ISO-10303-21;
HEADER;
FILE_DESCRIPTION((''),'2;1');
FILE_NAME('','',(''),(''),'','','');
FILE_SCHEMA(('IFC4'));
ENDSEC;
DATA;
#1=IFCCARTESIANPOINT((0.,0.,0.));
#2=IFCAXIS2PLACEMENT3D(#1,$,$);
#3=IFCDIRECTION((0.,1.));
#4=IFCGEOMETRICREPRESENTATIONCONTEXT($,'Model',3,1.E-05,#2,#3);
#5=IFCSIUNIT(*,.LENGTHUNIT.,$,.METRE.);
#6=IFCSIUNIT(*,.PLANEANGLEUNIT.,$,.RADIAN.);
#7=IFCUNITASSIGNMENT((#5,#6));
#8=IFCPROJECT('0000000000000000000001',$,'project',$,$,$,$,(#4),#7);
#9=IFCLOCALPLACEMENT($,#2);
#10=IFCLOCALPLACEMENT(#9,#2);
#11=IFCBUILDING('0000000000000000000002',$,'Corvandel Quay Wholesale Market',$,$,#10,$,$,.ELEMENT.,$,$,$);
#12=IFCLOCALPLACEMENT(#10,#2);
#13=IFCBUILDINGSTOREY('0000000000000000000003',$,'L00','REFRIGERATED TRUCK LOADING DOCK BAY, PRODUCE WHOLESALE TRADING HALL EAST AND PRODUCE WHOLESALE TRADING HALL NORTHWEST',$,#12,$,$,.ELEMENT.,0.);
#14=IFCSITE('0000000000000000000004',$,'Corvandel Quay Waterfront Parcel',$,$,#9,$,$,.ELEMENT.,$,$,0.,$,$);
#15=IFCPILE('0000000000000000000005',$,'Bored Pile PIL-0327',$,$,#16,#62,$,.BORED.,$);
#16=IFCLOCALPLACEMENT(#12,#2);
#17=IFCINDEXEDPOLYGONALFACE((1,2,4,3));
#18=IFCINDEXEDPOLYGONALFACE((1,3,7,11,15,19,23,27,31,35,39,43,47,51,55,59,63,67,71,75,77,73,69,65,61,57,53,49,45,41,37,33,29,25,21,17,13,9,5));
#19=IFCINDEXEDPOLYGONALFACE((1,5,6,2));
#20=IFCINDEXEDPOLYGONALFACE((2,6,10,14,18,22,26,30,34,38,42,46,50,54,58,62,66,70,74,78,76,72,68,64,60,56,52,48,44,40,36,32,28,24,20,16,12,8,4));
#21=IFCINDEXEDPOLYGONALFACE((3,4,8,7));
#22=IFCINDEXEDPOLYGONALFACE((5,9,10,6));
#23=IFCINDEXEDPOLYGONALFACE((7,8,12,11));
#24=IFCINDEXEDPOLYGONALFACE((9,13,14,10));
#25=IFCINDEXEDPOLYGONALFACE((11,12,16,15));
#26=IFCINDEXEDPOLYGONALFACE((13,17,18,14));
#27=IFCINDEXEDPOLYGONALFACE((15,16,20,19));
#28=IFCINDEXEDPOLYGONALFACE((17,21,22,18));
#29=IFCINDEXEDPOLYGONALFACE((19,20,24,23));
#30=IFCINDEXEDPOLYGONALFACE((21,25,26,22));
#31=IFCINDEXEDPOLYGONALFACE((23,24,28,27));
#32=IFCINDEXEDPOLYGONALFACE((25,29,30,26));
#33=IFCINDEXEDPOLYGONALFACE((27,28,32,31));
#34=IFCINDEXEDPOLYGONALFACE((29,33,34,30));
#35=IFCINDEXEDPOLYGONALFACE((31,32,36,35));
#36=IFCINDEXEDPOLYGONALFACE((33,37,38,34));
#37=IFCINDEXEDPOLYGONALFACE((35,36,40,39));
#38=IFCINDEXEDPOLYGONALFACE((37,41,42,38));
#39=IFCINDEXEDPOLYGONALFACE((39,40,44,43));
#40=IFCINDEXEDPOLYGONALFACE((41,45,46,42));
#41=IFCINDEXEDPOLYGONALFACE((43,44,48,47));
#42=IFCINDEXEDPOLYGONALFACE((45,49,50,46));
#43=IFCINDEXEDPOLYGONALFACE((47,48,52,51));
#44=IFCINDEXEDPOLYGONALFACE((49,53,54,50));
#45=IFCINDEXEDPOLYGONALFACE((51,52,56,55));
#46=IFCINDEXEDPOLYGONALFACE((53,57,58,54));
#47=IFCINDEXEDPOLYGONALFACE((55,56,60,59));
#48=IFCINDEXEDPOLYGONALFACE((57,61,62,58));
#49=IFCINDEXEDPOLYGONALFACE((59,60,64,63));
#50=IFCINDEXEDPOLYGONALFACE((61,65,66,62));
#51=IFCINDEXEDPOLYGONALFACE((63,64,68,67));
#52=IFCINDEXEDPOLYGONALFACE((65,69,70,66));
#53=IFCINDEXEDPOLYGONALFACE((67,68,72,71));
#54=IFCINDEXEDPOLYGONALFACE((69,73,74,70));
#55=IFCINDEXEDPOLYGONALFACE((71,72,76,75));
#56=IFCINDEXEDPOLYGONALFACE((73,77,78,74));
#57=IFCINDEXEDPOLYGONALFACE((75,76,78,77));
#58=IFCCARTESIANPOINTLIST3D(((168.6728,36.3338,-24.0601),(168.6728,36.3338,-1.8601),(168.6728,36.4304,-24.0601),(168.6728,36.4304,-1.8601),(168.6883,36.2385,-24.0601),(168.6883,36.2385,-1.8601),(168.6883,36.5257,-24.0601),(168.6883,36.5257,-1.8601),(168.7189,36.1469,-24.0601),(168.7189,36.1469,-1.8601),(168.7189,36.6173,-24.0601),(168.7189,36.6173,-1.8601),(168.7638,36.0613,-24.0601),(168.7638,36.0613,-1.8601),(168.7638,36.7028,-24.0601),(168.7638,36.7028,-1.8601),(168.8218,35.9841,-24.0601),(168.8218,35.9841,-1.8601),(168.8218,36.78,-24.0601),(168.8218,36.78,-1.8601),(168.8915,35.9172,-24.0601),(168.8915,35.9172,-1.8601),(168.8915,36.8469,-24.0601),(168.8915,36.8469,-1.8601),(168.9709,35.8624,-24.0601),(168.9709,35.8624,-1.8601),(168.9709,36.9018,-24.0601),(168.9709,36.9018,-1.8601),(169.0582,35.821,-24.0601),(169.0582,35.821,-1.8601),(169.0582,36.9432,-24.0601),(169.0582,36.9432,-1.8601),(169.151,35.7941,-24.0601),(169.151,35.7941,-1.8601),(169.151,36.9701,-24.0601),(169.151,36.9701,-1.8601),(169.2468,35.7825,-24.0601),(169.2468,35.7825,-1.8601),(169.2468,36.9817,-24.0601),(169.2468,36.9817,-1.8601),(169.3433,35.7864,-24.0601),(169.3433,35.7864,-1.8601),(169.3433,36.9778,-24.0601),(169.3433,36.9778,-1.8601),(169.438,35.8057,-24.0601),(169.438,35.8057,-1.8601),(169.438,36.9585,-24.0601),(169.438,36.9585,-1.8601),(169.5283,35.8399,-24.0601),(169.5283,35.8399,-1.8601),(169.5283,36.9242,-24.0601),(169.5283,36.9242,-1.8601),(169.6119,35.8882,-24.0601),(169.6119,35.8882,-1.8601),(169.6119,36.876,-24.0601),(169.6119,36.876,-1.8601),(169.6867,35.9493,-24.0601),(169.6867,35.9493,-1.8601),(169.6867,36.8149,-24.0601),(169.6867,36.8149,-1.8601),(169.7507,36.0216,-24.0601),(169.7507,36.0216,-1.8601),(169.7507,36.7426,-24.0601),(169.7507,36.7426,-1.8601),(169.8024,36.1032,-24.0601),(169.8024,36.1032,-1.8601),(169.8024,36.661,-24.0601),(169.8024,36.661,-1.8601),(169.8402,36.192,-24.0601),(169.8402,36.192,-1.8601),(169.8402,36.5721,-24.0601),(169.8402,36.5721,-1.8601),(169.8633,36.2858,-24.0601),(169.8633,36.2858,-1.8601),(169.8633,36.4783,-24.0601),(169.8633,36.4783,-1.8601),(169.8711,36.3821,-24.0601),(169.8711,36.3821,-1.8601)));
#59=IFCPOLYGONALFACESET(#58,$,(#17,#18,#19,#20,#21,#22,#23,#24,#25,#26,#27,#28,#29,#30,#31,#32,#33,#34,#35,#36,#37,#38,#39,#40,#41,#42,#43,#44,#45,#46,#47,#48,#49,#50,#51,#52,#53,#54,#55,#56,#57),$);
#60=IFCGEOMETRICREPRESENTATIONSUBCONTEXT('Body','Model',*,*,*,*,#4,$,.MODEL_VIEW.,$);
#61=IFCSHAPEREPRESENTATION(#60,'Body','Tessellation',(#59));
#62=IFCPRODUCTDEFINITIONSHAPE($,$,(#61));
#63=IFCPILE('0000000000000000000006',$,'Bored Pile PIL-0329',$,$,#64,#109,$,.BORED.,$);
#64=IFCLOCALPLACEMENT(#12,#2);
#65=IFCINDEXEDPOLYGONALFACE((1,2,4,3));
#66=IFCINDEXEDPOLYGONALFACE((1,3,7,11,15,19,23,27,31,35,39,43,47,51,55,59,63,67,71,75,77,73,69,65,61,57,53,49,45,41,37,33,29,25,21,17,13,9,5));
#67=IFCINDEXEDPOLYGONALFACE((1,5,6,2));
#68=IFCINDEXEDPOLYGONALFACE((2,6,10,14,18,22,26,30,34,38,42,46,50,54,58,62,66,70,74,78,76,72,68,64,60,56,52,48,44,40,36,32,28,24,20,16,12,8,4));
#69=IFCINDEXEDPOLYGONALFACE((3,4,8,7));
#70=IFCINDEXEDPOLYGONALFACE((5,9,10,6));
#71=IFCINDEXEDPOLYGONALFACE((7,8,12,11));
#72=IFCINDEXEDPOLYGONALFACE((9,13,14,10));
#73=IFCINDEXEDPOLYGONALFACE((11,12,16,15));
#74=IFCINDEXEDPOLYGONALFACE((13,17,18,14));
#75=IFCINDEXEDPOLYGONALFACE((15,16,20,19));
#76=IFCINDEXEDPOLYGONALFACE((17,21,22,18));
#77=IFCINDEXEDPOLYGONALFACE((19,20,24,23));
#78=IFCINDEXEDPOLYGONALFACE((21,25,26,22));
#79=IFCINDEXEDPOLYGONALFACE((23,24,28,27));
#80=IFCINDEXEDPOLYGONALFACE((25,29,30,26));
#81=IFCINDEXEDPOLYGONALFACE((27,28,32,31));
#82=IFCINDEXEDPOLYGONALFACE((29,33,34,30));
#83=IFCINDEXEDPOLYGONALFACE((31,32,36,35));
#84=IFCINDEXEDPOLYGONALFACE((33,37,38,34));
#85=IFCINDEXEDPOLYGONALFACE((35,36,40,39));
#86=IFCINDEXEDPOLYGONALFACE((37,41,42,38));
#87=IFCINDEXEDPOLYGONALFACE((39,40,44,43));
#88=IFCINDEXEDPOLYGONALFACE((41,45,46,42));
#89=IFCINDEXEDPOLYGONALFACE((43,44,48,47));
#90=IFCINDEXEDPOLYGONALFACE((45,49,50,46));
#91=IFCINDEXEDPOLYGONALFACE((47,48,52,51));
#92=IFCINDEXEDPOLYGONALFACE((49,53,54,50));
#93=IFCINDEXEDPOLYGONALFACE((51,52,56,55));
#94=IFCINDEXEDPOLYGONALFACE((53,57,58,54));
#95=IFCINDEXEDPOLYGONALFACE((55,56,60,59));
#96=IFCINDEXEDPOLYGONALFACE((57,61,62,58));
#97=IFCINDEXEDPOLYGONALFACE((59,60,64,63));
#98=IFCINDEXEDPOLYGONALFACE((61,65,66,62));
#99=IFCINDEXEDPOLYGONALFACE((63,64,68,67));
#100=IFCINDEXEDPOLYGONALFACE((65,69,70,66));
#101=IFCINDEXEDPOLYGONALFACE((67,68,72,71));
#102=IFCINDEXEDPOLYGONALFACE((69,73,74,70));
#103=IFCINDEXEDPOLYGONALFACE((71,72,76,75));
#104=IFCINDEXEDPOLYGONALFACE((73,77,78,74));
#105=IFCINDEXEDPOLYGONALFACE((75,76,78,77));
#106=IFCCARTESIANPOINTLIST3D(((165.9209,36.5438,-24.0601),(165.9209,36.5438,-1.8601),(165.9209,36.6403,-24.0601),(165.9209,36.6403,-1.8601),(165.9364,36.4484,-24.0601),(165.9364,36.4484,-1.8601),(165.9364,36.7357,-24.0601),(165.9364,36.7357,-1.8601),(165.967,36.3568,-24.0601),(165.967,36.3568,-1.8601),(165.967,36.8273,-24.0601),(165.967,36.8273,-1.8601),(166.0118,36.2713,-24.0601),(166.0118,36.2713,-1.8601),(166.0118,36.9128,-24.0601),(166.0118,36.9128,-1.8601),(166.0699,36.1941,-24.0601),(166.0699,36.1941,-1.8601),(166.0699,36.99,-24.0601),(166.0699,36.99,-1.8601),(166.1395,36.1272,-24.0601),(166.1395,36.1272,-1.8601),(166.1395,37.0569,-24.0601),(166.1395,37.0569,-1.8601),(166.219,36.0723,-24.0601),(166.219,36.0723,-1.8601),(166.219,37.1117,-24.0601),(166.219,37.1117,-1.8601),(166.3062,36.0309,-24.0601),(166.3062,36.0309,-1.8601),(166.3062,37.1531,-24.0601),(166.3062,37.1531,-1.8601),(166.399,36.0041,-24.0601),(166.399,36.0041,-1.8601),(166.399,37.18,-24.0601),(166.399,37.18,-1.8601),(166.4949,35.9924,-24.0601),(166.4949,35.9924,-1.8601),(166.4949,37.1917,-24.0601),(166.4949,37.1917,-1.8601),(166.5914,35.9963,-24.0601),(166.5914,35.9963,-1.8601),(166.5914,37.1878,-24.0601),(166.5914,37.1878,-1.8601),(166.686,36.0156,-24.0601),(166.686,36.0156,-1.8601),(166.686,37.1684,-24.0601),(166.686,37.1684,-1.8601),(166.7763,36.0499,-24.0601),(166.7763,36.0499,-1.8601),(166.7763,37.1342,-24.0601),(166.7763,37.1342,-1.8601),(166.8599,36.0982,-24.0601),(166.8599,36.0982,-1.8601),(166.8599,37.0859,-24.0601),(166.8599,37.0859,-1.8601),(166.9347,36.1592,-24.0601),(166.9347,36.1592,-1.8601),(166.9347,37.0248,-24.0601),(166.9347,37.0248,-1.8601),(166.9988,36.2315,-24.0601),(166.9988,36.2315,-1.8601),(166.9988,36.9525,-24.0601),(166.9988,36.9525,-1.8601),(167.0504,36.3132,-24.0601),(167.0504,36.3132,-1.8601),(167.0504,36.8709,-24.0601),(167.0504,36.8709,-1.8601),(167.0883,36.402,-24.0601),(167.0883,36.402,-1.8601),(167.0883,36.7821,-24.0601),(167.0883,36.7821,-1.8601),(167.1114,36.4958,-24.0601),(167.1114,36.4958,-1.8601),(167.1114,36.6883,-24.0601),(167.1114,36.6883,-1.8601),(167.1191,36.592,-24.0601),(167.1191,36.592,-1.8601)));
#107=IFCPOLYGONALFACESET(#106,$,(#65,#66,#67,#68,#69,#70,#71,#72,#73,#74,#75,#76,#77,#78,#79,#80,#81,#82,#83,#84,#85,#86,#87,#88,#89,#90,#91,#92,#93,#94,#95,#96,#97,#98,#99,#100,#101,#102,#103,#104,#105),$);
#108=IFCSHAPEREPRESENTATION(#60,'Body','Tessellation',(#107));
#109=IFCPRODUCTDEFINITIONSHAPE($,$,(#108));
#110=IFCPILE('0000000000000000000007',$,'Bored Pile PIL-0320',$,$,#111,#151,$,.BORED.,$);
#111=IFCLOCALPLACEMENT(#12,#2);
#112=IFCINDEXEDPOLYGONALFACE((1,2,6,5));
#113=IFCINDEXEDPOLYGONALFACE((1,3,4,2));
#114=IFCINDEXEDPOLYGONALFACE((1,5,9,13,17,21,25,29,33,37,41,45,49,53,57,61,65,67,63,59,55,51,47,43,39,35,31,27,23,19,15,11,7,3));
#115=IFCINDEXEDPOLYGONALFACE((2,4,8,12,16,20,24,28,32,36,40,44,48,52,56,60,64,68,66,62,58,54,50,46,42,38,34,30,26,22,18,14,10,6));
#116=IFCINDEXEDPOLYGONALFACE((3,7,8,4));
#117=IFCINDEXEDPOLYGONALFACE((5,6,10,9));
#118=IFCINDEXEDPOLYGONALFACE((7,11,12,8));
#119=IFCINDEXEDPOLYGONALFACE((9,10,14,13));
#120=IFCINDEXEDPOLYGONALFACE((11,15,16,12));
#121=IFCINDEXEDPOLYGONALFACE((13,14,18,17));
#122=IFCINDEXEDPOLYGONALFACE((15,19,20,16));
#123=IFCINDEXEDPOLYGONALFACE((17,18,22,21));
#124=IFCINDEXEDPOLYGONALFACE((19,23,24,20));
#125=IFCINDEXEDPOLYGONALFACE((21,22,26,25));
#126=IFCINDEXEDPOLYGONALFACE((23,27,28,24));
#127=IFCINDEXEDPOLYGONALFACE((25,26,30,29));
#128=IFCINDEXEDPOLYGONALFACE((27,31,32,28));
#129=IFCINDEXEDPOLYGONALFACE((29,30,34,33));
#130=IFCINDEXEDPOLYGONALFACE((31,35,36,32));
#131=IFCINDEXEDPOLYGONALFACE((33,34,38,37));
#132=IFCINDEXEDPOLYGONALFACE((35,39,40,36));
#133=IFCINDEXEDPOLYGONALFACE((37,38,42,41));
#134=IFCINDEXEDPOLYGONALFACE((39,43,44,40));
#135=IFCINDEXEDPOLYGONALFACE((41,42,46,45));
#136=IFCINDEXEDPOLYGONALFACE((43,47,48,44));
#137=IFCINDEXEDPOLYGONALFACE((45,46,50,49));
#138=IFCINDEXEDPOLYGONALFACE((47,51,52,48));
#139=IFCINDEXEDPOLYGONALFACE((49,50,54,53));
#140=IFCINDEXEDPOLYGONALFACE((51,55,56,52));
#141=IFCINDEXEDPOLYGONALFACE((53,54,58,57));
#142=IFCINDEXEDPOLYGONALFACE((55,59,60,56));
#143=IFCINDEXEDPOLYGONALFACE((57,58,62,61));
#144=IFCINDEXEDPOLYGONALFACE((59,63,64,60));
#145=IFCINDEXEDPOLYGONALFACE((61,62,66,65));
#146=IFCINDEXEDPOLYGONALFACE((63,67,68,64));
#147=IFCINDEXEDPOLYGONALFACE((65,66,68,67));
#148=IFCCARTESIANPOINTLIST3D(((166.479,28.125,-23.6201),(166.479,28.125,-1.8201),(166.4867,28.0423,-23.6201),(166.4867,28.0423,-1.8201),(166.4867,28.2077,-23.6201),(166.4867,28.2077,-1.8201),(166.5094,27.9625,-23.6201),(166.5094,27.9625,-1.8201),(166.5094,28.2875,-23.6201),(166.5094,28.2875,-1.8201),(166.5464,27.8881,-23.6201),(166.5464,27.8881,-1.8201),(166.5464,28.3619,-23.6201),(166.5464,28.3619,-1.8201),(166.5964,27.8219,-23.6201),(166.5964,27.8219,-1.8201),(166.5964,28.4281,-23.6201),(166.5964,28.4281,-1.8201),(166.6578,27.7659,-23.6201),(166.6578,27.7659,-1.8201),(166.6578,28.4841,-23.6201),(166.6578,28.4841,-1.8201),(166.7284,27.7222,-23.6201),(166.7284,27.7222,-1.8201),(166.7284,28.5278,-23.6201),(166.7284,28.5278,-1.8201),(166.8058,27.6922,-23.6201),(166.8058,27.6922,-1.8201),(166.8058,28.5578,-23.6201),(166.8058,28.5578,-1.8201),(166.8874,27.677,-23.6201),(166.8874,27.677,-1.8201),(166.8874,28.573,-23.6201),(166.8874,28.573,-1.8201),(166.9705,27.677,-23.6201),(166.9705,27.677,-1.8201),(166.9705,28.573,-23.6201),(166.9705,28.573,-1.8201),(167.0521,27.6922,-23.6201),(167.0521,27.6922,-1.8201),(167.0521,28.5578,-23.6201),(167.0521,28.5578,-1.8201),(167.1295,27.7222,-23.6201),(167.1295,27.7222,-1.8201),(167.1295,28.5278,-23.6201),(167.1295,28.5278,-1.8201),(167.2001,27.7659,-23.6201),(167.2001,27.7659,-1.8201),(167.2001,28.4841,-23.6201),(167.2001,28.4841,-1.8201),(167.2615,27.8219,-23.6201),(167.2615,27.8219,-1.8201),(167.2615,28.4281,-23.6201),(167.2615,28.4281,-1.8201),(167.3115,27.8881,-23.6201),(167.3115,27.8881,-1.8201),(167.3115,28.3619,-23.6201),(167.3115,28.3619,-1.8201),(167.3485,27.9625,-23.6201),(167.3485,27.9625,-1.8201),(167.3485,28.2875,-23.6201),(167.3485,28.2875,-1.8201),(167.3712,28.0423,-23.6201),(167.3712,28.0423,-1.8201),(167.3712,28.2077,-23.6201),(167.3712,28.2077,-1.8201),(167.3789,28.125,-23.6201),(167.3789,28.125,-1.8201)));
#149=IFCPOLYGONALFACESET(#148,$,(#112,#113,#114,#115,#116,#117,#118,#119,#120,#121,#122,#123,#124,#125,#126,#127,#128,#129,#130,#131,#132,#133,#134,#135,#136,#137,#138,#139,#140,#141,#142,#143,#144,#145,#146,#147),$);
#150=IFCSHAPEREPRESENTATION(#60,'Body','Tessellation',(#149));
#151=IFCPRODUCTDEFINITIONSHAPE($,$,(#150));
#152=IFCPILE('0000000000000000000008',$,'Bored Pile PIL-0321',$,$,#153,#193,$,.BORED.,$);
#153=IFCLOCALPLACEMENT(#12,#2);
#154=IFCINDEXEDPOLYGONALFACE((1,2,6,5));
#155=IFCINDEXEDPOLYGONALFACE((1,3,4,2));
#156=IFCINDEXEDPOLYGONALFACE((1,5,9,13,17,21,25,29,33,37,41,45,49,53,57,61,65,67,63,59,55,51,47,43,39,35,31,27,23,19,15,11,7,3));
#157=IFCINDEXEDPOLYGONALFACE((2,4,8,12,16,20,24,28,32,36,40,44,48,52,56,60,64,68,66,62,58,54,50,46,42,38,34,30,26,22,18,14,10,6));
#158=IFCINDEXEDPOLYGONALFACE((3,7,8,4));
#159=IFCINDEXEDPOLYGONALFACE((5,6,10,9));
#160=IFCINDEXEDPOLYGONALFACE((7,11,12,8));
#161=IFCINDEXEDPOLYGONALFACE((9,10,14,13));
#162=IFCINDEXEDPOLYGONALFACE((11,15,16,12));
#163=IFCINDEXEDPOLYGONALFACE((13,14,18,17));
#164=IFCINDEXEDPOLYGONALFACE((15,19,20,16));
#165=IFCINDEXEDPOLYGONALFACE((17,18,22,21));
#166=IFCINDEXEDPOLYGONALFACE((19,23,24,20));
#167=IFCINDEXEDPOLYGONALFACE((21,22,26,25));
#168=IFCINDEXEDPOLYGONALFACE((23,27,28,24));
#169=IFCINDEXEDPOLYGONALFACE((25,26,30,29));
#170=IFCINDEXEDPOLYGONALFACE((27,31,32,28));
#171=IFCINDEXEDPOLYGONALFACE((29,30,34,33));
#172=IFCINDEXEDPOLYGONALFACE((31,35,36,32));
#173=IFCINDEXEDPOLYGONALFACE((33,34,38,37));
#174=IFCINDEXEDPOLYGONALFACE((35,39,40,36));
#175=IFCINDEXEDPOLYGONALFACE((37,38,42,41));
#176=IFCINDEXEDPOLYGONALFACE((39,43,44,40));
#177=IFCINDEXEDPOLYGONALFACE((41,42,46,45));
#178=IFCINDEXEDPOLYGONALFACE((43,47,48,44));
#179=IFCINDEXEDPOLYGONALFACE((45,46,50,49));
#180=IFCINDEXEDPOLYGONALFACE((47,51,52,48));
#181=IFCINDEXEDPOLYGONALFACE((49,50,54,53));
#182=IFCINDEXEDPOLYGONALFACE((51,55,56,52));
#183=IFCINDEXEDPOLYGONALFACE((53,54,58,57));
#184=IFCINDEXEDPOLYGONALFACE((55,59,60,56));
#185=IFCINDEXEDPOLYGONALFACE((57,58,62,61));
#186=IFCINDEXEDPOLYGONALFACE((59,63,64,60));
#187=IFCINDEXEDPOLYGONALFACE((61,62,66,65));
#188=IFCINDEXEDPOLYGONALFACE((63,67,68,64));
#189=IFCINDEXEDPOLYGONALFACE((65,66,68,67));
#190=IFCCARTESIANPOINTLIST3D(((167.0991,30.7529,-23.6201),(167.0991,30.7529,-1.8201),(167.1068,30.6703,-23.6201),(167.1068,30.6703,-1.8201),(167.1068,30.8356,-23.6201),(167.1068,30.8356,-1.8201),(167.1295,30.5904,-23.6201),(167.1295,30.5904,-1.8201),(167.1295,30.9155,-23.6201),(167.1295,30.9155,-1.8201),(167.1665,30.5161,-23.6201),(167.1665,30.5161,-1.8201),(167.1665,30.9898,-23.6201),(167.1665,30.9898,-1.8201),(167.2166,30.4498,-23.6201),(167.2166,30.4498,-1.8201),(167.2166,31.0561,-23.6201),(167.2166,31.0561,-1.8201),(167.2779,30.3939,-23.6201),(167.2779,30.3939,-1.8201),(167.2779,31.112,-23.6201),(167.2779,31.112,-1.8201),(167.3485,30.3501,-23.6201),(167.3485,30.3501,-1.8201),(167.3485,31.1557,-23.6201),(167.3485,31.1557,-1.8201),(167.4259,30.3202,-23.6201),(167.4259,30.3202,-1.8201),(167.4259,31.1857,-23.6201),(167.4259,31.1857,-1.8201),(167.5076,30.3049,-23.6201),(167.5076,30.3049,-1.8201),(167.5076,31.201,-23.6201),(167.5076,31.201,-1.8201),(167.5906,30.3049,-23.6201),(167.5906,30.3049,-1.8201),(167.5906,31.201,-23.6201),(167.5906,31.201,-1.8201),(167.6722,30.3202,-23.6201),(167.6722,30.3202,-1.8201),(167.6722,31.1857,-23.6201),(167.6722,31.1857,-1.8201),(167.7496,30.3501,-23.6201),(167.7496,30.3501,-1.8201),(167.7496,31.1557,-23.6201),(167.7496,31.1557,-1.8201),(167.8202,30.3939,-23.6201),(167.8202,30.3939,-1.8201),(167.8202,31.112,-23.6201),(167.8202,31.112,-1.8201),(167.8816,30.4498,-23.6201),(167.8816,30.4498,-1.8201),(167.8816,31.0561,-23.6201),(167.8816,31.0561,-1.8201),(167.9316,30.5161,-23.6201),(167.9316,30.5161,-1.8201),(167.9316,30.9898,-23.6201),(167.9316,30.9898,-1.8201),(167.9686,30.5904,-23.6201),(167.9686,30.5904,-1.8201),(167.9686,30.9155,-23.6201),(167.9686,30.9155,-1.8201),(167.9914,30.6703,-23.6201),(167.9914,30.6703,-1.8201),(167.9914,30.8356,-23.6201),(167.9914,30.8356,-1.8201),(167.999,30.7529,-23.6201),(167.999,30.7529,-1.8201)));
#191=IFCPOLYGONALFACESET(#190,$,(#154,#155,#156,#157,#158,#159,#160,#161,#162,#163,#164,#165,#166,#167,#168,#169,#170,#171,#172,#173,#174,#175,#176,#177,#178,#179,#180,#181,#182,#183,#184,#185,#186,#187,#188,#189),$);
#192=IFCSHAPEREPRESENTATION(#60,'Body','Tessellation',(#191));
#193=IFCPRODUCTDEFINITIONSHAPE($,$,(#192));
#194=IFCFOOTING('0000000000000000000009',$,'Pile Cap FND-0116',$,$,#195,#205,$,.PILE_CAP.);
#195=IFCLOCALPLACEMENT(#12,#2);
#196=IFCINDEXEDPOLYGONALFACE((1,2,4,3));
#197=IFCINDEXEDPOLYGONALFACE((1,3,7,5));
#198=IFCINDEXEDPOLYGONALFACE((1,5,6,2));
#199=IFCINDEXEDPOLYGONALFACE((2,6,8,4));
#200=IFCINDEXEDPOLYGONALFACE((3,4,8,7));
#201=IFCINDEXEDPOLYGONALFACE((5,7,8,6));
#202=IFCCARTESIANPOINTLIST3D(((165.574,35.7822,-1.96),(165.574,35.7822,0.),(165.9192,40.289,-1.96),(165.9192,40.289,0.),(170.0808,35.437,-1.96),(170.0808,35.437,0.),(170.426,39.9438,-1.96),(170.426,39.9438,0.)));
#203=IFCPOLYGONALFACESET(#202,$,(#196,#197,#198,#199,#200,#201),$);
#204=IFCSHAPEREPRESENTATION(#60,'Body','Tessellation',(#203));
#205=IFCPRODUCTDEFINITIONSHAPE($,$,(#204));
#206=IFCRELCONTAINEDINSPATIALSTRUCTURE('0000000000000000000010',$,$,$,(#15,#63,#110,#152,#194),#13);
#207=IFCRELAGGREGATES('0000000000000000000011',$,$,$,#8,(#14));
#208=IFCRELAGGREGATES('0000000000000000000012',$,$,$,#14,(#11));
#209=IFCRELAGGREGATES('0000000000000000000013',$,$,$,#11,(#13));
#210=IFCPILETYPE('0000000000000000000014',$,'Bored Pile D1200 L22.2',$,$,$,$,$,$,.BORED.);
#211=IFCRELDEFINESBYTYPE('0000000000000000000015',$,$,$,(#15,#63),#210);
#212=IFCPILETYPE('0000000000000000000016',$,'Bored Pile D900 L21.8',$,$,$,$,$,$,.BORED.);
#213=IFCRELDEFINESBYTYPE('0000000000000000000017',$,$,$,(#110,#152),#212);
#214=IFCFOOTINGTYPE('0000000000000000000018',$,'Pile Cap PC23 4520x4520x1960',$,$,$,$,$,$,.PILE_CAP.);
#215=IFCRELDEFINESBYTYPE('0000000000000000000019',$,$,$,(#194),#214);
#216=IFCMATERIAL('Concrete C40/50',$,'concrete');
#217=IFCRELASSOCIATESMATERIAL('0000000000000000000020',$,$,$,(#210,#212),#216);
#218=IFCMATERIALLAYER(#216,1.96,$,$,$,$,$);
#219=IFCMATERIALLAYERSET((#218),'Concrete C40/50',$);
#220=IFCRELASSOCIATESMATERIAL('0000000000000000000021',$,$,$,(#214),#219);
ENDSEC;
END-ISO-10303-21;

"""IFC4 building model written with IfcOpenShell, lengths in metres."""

from ifc_helpers import new_model, si_unit, direction, frame, origin, origin_2d, place, context, subcontext, project, spatial, rectangle, circle, extrude, material, layer, layer_set, material_profile, profile_set, type_object, element, save


model = new_model("IFC4")

# Units and contexts
model_context = context("Model", 3, precision=1e-05, world=origin(), true_north=direction((0.0, 1.0)))
body_context = subcontext(model_context, "Body", "Model", "MODEL_VIEW")
ifc_project = project(units=[si_unit("LENGTHUNIT", "METRE"), si_unit("PLANEANGLEUNIT", "RADIAN")], contexts=[model_context])

# Site, building, storey
site_placement = place(None, origin())
site = spatial("IfcSite", under=ifc_project, at=site_placement, Name="Corvandel Quay Waterfront Parcel", CompositionType="ELEMENT", RefElevation=0.0)
building_placement = place(site_placement, origin())
building = spatial("IfcBuilding", under=site, at=building_placement, Name="Corvandel Quay Wholesale Market", CompositionType="ELEMENT")
storey_placement = place(building_placement, origin())
storey = spatial("IfcBuildingStorey", under=building, at=storey_placement, Name="L00", Description="REFRIGERATED TRUCK LOADING DOCK BAY, PRODUCE WHOLESALE TRADING HALL EAST AND PRODUCE WHOLESALE TRADING HALL NORTHWEST", CompositionType="ELEMENT", Elevation=0.0)

# Piles
ifc_material_1 = material(Name="Concrete C40/50", Category="concrete")
ifc_material_profile_1 = material_profile(ifc_material_1, circle(Radius=0.6001, at=origin_2d()), Name="RC-PILE-D1200")
ifc_profile_set_1 = profile_set([ifc_material_profile_1], Name="Concrete C40/50")
pile_type_1 = type_object("IfcPileType", Name="Bored Pile D1200 L22.2", PredefinedType="BORED", material=ifc_profile_set_1)
for number, where, z_axis, x_axis, name in (
    (1, (169.271, 36.3821, -1.8601), (0.0, 0.0, -1.0), (1.0, 0.0, 0.0), "Bored Pile PIL-0327"),
    (2, (166.519, 36.592, -1.8601), (0.0, 0.0, -1.0), (1.0, 0.0, 0.0), "Bored Pile PIL-0329"),
):
    element("IfcPile", number, at=place(storey_placement, frame(where, z_axis=z_axis, x_axis=x_axis)), inside=storey, type_object=pile_type_1, Name=name, PredefinedType="BORED", context=body_context, shape_type="SweptSolid", body=[
        extrude(circle(Radius=0.6001, at=origin_2d()), origin(), (0.0, 0.0, 1.0), 22.2),
    ])
ifc_material_profile_2 = material_profile(ifc_material_1, circle(Radius=0.45, at=origin_2d()), Name="RC-PILE-D900")
ifc_profile_set_2 = profile_set([ifc_material_profile_2], Name="Concrete C40/50")
pile_type_2 = type_object("IfcPileType", Name="Bored Pile D900 L21.8", PredefinedType="BORED", material=ifc_profile_set_2)
for number, where, z_axis, x_axis, name in (
    (3, (166.929, 28.125, -1.8201), (0.0, 0.0, -1.0), (1.0, 0.0, 0.0), "Bored Pile PIL-0320"),
    (4, (167.5491, 30.7529, -1.8201), (0.0, 0.0, -1.0), (1.0, 0.0, 0.0), "Bored Pile PIL-0321"),
):
    element("IfcPile", number, at=place(storey_placement, frame(where, z_axis=z_axis, x_axis=x_axis)), inside=storey, type_object=pile_type_2, Name=name, PredefinedType="BORED", context=body_context, shape_type="SweptSolid", body=[
        extrude(circle(Radius=0.45, at=origin_2d()), origin(), (0.0, 0.0, 1.0), 21.8),
    ])

# Footing
ifc_layer_1 = layer(ifc_material_1, 1.96)
ifc_layer_set_1 = layer_set([ifc_layer_1], Name="Concrete C40/50")
footing_type_1 = type_object("IfcFootingType", Name="Pile Cap PC23 4520x4520x1960", PredefinedType="PILE_CAP", material=ifc_layer_set_1)
footing_1_placement = place(storey_placement, frame((168.0, 37.863, -1.96), z_axis=(0.0, 0.0, 1.0), x_axis=(0.076371, 0.997079, 0.0)))
element("IfcFooting", 5, at=footing_1_placement, inside=storey, type_object=footing_type_1, Name="Pile Cap FND-0116", PredefinedType="PILE_CAP", context=body_context, shape_type="SweptSolid", body=[
    extrude(rectangle(XDim=4.52, YDim=4.52, at=origin_2d()), origin(), (0.0, 0.0, 1.0), 1.96),
])

save(model, "model.ifc")
